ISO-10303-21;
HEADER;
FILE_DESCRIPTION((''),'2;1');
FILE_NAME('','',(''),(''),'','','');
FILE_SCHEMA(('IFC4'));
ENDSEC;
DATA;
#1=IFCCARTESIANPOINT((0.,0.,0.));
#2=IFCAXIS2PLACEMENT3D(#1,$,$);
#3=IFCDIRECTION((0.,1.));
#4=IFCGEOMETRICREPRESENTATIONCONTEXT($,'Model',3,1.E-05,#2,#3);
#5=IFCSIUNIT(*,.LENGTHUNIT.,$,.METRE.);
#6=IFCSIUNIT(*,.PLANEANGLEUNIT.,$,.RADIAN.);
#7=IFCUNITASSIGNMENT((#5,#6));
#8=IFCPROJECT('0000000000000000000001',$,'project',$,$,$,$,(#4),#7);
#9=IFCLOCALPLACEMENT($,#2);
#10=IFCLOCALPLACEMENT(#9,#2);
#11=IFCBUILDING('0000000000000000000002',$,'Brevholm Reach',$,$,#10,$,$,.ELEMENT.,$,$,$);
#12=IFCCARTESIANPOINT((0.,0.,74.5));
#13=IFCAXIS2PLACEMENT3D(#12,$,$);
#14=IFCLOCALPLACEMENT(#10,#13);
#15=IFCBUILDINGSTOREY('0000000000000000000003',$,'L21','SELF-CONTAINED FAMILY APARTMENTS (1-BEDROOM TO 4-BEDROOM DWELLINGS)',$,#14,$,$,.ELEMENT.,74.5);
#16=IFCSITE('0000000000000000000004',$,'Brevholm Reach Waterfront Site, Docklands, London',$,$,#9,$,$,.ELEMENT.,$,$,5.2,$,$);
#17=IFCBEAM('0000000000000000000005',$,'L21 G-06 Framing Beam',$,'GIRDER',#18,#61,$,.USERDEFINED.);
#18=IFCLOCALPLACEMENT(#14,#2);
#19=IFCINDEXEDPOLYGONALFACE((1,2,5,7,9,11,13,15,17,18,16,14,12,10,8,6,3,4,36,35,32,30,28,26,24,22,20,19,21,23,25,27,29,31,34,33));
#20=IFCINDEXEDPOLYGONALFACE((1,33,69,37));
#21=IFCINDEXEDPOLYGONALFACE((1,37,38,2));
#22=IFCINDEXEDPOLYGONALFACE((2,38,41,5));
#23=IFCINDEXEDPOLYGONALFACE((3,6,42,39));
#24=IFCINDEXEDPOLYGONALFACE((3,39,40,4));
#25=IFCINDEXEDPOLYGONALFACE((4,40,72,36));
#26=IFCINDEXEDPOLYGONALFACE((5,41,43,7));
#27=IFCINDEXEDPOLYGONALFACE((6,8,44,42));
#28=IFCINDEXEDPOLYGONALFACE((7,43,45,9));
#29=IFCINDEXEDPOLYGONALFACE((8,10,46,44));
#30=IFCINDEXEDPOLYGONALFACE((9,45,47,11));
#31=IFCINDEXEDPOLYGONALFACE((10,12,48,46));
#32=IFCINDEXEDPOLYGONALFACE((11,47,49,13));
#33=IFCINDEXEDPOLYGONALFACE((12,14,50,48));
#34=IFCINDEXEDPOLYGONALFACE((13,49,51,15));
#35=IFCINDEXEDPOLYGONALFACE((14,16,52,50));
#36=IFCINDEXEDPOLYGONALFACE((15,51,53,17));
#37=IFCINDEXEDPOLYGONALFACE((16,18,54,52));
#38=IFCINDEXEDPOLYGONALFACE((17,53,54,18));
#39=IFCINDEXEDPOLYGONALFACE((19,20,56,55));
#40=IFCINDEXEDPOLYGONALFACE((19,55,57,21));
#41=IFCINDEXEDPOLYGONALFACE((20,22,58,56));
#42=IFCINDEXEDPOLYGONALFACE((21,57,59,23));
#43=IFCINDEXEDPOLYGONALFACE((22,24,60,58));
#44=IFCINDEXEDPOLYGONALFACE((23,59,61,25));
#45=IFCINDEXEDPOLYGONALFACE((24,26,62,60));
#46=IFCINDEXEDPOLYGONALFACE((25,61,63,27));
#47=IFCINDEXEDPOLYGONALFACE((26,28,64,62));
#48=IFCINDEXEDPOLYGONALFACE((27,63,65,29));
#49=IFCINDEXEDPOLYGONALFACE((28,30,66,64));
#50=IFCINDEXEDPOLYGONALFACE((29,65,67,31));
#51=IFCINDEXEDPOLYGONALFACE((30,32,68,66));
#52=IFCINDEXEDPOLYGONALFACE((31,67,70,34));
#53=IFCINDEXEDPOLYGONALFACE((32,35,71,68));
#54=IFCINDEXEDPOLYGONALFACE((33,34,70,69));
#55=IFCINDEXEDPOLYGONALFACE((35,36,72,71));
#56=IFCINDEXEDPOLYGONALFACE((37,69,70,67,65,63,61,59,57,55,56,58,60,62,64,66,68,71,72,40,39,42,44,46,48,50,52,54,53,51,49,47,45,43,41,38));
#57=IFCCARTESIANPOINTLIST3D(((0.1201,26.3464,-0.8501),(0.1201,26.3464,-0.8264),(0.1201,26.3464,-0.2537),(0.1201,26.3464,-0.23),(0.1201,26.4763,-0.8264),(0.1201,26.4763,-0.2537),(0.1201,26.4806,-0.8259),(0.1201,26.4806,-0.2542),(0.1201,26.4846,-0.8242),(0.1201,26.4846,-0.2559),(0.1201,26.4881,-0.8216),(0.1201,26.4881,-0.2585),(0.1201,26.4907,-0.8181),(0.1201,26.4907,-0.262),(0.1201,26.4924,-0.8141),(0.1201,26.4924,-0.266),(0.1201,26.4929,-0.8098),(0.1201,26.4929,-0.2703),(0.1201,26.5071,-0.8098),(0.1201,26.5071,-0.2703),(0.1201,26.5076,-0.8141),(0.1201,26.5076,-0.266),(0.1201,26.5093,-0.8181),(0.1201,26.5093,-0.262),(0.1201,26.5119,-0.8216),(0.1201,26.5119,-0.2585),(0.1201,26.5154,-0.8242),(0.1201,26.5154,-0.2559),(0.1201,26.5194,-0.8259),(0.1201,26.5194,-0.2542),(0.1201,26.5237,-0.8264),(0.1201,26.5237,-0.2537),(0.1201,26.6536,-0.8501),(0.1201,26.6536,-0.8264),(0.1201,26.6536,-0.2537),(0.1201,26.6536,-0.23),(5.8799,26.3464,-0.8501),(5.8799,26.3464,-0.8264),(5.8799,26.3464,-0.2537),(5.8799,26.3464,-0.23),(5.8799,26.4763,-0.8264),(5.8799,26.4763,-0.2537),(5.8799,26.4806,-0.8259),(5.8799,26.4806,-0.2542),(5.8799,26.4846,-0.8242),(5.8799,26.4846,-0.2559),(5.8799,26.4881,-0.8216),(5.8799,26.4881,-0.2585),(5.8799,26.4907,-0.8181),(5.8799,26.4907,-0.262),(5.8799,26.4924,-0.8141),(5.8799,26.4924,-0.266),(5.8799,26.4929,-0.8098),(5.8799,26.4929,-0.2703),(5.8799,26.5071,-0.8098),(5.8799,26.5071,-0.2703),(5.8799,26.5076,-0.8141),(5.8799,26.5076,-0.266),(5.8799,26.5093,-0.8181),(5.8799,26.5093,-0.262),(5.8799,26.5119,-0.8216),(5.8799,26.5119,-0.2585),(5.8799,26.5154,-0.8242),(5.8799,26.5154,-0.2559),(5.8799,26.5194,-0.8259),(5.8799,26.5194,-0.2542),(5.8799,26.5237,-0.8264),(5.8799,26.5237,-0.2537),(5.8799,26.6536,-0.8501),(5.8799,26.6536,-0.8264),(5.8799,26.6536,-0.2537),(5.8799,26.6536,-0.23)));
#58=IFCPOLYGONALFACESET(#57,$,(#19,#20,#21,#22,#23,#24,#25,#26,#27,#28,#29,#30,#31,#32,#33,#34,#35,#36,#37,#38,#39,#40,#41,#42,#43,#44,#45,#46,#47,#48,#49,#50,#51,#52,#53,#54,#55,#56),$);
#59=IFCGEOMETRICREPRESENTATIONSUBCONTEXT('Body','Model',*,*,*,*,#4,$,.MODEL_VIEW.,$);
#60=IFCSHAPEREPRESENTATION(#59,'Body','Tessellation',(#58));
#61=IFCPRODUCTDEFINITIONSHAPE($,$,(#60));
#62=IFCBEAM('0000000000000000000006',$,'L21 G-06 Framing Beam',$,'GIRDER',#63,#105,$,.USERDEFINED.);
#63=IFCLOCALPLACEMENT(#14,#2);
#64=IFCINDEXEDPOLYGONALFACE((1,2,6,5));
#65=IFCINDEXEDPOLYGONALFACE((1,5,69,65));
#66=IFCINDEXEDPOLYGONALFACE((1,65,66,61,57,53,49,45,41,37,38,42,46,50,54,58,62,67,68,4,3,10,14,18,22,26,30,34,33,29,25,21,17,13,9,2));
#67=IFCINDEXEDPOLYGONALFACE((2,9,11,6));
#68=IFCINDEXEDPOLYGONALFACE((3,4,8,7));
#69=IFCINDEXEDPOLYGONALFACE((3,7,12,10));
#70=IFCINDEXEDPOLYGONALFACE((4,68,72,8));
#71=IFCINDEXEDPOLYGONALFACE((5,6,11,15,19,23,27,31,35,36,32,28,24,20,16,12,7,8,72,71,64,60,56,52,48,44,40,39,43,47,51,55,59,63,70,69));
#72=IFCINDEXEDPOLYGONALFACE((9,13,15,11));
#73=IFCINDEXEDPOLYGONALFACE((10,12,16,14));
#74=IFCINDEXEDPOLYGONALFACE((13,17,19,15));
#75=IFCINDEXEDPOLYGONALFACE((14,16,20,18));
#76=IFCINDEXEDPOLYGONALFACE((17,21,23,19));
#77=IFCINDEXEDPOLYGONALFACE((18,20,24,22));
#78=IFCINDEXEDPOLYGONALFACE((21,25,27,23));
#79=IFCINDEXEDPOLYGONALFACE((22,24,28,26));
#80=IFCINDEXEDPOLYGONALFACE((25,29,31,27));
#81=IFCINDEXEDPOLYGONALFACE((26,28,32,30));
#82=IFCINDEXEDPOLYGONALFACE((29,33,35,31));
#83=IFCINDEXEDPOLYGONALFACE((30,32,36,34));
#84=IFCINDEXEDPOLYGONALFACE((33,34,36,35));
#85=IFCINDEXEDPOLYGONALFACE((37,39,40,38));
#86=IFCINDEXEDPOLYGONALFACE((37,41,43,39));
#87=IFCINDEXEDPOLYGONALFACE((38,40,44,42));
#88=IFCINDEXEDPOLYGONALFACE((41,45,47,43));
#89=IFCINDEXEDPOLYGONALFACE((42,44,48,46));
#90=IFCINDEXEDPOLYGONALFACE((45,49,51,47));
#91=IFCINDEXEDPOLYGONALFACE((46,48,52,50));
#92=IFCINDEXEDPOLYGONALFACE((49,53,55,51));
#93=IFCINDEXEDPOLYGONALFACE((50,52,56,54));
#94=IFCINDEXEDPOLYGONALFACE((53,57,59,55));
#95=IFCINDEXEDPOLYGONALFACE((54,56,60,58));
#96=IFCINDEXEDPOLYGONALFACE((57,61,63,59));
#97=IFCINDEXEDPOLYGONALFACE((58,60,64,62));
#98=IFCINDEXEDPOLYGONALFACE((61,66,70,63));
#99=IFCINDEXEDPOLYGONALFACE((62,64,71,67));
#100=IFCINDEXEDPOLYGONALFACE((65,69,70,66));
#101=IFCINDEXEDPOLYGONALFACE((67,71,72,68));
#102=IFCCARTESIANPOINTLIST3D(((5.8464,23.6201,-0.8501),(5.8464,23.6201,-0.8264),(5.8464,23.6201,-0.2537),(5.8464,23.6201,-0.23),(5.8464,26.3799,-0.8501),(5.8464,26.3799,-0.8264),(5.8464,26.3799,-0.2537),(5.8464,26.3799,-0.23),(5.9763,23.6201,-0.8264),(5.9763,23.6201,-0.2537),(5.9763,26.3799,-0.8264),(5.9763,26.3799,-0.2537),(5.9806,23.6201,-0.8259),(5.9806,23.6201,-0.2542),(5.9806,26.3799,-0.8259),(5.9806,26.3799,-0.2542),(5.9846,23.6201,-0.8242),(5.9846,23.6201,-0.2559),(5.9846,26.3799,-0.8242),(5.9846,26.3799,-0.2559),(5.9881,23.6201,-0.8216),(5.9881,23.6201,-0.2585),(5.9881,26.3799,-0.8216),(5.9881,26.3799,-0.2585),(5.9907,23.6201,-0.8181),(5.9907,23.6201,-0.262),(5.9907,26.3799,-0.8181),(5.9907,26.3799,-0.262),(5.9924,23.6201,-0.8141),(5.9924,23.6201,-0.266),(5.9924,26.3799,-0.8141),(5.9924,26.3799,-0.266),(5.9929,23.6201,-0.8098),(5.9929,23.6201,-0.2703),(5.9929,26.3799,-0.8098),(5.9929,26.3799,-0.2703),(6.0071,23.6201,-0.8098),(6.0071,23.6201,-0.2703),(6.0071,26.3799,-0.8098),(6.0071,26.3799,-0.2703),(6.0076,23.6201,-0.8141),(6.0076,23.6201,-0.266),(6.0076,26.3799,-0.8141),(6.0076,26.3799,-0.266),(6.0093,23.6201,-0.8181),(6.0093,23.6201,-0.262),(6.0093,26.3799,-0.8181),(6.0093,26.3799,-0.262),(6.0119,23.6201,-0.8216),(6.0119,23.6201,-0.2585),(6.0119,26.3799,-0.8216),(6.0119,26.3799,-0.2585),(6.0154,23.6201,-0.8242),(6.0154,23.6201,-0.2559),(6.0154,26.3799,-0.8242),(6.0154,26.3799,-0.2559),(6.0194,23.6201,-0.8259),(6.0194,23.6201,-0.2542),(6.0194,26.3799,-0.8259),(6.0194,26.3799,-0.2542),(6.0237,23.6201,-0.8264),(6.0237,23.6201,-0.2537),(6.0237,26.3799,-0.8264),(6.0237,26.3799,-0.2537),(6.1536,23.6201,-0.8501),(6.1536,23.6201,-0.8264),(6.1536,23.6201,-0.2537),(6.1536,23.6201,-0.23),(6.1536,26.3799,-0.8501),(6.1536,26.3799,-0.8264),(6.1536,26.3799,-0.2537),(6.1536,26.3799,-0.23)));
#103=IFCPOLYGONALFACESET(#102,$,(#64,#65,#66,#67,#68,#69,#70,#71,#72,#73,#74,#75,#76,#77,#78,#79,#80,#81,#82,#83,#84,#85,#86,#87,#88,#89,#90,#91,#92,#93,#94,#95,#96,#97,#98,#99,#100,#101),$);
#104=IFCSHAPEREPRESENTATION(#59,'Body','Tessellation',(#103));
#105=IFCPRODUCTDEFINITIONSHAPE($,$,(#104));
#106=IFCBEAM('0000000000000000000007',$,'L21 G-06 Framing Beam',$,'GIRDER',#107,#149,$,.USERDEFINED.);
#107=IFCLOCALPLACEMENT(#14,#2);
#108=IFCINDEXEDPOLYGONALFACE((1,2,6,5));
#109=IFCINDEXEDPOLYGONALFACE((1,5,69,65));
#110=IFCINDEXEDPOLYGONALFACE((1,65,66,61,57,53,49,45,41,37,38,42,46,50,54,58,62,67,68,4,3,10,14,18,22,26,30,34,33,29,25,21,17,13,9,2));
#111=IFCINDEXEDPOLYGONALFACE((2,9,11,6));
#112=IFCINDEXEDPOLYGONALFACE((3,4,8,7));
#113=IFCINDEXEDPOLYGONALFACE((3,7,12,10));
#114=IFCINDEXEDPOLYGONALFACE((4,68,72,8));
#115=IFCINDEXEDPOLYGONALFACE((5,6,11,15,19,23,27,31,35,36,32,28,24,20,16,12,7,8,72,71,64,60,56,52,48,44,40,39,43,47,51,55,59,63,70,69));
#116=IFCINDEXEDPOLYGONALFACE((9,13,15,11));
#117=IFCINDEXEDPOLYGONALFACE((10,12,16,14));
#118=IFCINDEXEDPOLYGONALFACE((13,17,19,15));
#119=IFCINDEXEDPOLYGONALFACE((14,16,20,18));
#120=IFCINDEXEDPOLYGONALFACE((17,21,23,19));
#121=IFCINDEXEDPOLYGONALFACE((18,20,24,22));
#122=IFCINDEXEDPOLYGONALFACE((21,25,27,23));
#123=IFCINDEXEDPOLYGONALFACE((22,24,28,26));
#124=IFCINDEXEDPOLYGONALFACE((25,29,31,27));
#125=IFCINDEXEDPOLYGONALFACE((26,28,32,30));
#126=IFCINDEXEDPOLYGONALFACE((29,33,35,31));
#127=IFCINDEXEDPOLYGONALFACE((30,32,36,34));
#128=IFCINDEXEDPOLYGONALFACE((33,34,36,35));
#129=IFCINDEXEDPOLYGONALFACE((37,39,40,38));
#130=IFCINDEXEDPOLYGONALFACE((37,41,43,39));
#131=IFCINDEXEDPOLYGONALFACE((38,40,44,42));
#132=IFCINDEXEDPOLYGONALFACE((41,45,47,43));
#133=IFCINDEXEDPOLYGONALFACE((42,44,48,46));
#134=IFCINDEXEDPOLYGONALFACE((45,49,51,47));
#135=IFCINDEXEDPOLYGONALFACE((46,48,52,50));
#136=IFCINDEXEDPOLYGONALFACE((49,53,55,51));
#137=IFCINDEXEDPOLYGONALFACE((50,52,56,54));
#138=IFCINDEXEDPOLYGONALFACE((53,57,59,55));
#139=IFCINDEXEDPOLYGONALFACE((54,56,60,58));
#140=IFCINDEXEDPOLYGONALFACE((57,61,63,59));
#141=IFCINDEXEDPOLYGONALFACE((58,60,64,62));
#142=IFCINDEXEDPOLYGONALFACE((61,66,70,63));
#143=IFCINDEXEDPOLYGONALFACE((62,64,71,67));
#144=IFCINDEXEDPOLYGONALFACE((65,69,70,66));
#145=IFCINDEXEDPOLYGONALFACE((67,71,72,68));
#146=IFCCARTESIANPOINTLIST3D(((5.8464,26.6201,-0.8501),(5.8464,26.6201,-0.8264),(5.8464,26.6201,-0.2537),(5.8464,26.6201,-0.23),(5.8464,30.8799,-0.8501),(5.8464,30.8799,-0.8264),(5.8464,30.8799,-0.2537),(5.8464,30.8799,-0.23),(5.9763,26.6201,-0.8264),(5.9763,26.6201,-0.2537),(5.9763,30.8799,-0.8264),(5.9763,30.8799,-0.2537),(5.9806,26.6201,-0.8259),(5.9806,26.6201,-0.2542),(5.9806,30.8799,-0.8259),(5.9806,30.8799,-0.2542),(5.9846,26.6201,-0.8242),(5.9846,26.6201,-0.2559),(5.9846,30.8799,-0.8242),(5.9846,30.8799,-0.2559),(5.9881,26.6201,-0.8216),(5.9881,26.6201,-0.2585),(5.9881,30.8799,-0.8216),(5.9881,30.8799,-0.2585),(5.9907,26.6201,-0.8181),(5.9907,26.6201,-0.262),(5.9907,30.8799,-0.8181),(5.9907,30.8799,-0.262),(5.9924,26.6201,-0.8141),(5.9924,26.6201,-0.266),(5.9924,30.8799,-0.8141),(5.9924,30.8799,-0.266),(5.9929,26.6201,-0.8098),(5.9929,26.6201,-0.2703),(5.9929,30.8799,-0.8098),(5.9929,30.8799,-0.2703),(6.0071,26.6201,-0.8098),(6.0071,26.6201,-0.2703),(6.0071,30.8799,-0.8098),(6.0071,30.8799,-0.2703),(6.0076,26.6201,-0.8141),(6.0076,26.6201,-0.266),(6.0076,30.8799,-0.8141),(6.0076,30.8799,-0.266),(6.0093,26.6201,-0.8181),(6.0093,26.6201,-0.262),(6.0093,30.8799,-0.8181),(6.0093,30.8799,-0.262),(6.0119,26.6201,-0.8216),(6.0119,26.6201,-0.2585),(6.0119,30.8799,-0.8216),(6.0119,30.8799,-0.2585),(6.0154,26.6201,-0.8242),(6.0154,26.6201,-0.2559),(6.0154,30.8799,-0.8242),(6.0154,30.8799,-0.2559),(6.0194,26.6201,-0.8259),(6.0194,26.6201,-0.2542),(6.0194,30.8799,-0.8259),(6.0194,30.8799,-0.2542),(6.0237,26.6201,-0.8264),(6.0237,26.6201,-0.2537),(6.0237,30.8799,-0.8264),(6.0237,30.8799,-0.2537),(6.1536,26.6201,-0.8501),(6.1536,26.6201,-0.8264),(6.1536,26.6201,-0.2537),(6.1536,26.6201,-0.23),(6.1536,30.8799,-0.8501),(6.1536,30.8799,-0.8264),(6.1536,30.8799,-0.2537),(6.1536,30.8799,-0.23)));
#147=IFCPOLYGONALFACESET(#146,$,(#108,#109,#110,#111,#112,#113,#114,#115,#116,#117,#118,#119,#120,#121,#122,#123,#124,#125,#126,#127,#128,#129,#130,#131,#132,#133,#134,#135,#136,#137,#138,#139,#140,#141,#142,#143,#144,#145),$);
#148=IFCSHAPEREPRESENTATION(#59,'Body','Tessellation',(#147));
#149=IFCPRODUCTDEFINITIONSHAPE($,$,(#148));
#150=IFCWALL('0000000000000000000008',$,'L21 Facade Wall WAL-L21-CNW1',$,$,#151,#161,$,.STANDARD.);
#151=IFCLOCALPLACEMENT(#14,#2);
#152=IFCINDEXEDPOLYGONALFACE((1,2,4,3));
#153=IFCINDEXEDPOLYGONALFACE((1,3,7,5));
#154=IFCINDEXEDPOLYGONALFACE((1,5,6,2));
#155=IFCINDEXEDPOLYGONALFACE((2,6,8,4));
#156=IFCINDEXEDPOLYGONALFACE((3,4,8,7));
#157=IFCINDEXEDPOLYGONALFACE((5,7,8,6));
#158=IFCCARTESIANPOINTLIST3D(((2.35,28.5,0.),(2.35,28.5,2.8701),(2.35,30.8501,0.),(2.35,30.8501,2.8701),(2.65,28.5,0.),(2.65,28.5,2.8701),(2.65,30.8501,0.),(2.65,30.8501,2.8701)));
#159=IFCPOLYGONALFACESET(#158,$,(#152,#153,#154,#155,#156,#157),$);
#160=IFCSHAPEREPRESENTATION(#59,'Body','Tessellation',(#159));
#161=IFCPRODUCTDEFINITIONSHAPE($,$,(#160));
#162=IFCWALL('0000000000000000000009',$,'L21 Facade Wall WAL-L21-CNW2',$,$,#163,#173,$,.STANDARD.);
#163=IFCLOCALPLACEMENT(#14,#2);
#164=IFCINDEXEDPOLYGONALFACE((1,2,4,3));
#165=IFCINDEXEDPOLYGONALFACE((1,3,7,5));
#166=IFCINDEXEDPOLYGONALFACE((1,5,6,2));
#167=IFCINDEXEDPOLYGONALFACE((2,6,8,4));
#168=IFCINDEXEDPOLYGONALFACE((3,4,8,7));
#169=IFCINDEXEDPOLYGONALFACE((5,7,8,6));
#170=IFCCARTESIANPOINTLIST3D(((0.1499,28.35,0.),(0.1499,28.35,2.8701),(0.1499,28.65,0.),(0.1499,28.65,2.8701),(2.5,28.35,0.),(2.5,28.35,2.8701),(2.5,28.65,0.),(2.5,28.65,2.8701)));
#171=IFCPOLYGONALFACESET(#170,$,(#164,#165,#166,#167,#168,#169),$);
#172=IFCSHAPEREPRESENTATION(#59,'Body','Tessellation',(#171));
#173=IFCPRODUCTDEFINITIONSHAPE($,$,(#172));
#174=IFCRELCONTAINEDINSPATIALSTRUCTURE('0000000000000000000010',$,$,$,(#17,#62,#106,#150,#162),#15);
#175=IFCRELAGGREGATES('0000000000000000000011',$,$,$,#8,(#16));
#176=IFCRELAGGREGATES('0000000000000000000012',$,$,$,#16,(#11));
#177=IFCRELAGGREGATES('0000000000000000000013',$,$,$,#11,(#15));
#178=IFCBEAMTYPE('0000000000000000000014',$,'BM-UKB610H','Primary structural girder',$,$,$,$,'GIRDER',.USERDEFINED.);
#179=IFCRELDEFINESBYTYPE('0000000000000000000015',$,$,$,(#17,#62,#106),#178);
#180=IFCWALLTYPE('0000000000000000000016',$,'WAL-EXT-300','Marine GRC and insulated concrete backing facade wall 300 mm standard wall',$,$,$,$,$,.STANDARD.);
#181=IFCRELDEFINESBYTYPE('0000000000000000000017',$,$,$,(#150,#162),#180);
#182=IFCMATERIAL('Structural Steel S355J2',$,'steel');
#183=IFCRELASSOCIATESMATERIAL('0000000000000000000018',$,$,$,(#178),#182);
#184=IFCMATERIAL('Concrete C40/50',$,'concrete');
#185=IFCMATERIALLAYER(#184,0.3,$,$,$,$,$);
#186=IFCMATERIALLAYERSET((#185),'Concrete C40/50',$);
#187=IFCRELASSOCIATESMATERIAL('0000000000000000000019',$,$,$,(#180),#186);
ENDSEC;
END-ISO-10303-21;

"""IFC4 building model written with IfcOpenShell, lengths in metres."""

from ifc_helpers import new_model, si_unit, direction, frame, frame_2d, origin, origin_2d, place, context, subcontext, project, spatial, rectangle, i_section, extrude, material, layer, layer_set, material_profile, profile_set, type_object, element, save


model = new_model("IFC4")

# Units and contexts
model_context = context("Model", 3, precision=1e-05, world=origin(), true_north=direction((0.0, 1.0)))
body_context = subcontext(model_context, "Body", "Model", "MODEL_VIEW")
ifc_project = project(units=[si_unit("LENGTHUNIT", "METRE"), si_unit("PLANEANGLEUNIT", "RADIAN")], contexts=[model_context])

# Site, building, storey
site_placement = place(None, origin())
site = spatial("IfcSite", under=ifc_project, at=site_placement, Name="Brevholm Reach Waterfront Site, Docklands, London", CompositionType="ELEMENT", RefElevation=5.2)
building_placement = place(site_placement, origin())
building = spatial("IfcBuilding", under=site, at=building_placement, Name="Brevholm Reach", CompositionType="ELEMENT")
storey_placement = place(building_placement, frame((0.0, 0.0, 74.5)))
storey = spatial("IfcBuildingStorey", under=building, at=storey_placement, Name="L21", Description="SELF-CONTAINED FAMILY APARTMENTS (1-BEDROOM TO 4-BEDROOM DWELLINGS)", CompositionType="ELEMENT", Elevation=74.5)

# Beams
ifc_material_1 = material(Name="Structural Steel S355J2", Category="steel")
ifc_material_profile_1 = material_profile(ifc_material_1, i_section(OverallWidth=0.3071, OverallDepth=0.6201, WebThickness=0.0142, FlangeThickness=0.0237, FilletRadius=0.0166, at=origin_2d()), Name="UKB 610x305x179")
ifc_profile_set_1 = profile_set([ifc_material_profile_1], Name="Structural Steel S355J2")
beam_type_1 = type_object("IfcBeamType", Name="BM-UKB610H", Description="Primary structural girder", ElementType="GIRDER", PredefinedType="USERDEFINED", material=ifc_profile_set_1)
for number, where, z_axis, x_axis, name in (
    (1, (0.1201, 26.5, -0.54), (1.0, 0.0, 0.0), (0.0, 1.0, 0.0), "L21 G-06 Framing Beam"),
):
    element("IfcBeam", number, at=place(storey_placement, frame(where, z_axis=z_axis, x_axis=x_axis)), inside=storey, type_object=beam_type_1, Name=name, ObjectType="GIRDER", PredefinedType="USERDEFINED", context=body_context, shape_type="SweptSolid", body=[
        extrude(i_section(OverallWidth=0.3071, OverallDepth=0.6201, WebThickness=0.0142, FlangeThickness=0.0237, FilletRadius=0.0166, at=origin_2d()), origin(), (0.0, 0.0, 1.0), 5.7598),
    ])
beam_1_placement = place(storey_placement, frame((6.0, 23.6201, -0.54), z_axis=(0.0, 1.0, 0.0), x_axis=(-1.0, 0.0, 0.0)))
element("IfcBeam", 2, at=beam_1_placement, inside=storey, type_object=beam_type_1, Name="L21 G-06 Framing Beam", ObjectType="GIRDER", PredefinedType="USERDEFINED", context=body_context, shape_type="SweptSolid", body=[
    extrude(i_section(OverallWidth=0.3071, OverallDepth=0.6201, WebThickness=0.0142, FlangeThickness=0.0237, FilletRadius=0.0166, at=origin_2d()), origin(), (0.0, 0.0, 1.0), 2.7598),
])
beam_2_placement = place(storey_placement, frame((6.0, 26.6201, -0.54), z_axis=(0.0, 1.0, 0.0), x_axis=(-1.0, 0.0, 0.0)))
element("IfcBeam", 3, at=beam_2_placement, inside=storey, type_object=beam_type_1, Name="L21 G-06 Framing Beam", ObjectType="GIRDER", PredefinedType="USERDEFINED", context=body_context, shape_type="SweptSolid", body=[
    extrude(i_section(OverallWidth=0.3071, OverallDepth=0.6201, WebThickness=0.0142, FlangeThickness=0.0237, FilletRadius=0.0166, at=origin_2d()), origin(), (0.0, 0.0, 1.0), 4.2598),
])

# Walls
ifc_material_2 = material(Name="Concrete C40/50", Category="concrete")
ifc_layer_1 = layer(ifc_material_2, 0.3)
ifc_layer_set_1 = layer_set([ifc_layer_1], Name="Concrete C40/50")
wall_type_1 = type_object("IfcWallType", Name="WAL-EXT-300", Description="Marine GRC and insulated concrete backing facade wall 300 mm standard wall", PredefinedType="STANDARD", material=ifc_layer_set_1)
for number, where, z_axis, x_axis, name in (
    (4, (2.5, 30.8501, 0.0), (0.0, 0.0, 1.0), (0.0, -1.0, 0.0), "L21 Facade Wall WAL-L21-CNW1"),
    (5, (2.5, 28.5, 0.0), (0.0, 0.0, 1.0), (-1.0, 0.0, 0.0), "L21 Facade Wall WAL-L21-CNW2"),
):
    element("IfcWall", number, at=place(storey_placement, frame(where, z_axis=z_axis, x_axis=x_axis)), inside=storey, type_object=wall_type_1, Name=name, PredefinedType="STANDARD", context=body_context, shape_type="SweptSolid", body=[
        extrude(rectangle(XDim=2.3501, YDim=0.3, at=frame_2d((1.175, 0.0))), origin(), (0.0, 0.0, 1.0), 2.8701),
    ])

save(model, "model.ifc")
